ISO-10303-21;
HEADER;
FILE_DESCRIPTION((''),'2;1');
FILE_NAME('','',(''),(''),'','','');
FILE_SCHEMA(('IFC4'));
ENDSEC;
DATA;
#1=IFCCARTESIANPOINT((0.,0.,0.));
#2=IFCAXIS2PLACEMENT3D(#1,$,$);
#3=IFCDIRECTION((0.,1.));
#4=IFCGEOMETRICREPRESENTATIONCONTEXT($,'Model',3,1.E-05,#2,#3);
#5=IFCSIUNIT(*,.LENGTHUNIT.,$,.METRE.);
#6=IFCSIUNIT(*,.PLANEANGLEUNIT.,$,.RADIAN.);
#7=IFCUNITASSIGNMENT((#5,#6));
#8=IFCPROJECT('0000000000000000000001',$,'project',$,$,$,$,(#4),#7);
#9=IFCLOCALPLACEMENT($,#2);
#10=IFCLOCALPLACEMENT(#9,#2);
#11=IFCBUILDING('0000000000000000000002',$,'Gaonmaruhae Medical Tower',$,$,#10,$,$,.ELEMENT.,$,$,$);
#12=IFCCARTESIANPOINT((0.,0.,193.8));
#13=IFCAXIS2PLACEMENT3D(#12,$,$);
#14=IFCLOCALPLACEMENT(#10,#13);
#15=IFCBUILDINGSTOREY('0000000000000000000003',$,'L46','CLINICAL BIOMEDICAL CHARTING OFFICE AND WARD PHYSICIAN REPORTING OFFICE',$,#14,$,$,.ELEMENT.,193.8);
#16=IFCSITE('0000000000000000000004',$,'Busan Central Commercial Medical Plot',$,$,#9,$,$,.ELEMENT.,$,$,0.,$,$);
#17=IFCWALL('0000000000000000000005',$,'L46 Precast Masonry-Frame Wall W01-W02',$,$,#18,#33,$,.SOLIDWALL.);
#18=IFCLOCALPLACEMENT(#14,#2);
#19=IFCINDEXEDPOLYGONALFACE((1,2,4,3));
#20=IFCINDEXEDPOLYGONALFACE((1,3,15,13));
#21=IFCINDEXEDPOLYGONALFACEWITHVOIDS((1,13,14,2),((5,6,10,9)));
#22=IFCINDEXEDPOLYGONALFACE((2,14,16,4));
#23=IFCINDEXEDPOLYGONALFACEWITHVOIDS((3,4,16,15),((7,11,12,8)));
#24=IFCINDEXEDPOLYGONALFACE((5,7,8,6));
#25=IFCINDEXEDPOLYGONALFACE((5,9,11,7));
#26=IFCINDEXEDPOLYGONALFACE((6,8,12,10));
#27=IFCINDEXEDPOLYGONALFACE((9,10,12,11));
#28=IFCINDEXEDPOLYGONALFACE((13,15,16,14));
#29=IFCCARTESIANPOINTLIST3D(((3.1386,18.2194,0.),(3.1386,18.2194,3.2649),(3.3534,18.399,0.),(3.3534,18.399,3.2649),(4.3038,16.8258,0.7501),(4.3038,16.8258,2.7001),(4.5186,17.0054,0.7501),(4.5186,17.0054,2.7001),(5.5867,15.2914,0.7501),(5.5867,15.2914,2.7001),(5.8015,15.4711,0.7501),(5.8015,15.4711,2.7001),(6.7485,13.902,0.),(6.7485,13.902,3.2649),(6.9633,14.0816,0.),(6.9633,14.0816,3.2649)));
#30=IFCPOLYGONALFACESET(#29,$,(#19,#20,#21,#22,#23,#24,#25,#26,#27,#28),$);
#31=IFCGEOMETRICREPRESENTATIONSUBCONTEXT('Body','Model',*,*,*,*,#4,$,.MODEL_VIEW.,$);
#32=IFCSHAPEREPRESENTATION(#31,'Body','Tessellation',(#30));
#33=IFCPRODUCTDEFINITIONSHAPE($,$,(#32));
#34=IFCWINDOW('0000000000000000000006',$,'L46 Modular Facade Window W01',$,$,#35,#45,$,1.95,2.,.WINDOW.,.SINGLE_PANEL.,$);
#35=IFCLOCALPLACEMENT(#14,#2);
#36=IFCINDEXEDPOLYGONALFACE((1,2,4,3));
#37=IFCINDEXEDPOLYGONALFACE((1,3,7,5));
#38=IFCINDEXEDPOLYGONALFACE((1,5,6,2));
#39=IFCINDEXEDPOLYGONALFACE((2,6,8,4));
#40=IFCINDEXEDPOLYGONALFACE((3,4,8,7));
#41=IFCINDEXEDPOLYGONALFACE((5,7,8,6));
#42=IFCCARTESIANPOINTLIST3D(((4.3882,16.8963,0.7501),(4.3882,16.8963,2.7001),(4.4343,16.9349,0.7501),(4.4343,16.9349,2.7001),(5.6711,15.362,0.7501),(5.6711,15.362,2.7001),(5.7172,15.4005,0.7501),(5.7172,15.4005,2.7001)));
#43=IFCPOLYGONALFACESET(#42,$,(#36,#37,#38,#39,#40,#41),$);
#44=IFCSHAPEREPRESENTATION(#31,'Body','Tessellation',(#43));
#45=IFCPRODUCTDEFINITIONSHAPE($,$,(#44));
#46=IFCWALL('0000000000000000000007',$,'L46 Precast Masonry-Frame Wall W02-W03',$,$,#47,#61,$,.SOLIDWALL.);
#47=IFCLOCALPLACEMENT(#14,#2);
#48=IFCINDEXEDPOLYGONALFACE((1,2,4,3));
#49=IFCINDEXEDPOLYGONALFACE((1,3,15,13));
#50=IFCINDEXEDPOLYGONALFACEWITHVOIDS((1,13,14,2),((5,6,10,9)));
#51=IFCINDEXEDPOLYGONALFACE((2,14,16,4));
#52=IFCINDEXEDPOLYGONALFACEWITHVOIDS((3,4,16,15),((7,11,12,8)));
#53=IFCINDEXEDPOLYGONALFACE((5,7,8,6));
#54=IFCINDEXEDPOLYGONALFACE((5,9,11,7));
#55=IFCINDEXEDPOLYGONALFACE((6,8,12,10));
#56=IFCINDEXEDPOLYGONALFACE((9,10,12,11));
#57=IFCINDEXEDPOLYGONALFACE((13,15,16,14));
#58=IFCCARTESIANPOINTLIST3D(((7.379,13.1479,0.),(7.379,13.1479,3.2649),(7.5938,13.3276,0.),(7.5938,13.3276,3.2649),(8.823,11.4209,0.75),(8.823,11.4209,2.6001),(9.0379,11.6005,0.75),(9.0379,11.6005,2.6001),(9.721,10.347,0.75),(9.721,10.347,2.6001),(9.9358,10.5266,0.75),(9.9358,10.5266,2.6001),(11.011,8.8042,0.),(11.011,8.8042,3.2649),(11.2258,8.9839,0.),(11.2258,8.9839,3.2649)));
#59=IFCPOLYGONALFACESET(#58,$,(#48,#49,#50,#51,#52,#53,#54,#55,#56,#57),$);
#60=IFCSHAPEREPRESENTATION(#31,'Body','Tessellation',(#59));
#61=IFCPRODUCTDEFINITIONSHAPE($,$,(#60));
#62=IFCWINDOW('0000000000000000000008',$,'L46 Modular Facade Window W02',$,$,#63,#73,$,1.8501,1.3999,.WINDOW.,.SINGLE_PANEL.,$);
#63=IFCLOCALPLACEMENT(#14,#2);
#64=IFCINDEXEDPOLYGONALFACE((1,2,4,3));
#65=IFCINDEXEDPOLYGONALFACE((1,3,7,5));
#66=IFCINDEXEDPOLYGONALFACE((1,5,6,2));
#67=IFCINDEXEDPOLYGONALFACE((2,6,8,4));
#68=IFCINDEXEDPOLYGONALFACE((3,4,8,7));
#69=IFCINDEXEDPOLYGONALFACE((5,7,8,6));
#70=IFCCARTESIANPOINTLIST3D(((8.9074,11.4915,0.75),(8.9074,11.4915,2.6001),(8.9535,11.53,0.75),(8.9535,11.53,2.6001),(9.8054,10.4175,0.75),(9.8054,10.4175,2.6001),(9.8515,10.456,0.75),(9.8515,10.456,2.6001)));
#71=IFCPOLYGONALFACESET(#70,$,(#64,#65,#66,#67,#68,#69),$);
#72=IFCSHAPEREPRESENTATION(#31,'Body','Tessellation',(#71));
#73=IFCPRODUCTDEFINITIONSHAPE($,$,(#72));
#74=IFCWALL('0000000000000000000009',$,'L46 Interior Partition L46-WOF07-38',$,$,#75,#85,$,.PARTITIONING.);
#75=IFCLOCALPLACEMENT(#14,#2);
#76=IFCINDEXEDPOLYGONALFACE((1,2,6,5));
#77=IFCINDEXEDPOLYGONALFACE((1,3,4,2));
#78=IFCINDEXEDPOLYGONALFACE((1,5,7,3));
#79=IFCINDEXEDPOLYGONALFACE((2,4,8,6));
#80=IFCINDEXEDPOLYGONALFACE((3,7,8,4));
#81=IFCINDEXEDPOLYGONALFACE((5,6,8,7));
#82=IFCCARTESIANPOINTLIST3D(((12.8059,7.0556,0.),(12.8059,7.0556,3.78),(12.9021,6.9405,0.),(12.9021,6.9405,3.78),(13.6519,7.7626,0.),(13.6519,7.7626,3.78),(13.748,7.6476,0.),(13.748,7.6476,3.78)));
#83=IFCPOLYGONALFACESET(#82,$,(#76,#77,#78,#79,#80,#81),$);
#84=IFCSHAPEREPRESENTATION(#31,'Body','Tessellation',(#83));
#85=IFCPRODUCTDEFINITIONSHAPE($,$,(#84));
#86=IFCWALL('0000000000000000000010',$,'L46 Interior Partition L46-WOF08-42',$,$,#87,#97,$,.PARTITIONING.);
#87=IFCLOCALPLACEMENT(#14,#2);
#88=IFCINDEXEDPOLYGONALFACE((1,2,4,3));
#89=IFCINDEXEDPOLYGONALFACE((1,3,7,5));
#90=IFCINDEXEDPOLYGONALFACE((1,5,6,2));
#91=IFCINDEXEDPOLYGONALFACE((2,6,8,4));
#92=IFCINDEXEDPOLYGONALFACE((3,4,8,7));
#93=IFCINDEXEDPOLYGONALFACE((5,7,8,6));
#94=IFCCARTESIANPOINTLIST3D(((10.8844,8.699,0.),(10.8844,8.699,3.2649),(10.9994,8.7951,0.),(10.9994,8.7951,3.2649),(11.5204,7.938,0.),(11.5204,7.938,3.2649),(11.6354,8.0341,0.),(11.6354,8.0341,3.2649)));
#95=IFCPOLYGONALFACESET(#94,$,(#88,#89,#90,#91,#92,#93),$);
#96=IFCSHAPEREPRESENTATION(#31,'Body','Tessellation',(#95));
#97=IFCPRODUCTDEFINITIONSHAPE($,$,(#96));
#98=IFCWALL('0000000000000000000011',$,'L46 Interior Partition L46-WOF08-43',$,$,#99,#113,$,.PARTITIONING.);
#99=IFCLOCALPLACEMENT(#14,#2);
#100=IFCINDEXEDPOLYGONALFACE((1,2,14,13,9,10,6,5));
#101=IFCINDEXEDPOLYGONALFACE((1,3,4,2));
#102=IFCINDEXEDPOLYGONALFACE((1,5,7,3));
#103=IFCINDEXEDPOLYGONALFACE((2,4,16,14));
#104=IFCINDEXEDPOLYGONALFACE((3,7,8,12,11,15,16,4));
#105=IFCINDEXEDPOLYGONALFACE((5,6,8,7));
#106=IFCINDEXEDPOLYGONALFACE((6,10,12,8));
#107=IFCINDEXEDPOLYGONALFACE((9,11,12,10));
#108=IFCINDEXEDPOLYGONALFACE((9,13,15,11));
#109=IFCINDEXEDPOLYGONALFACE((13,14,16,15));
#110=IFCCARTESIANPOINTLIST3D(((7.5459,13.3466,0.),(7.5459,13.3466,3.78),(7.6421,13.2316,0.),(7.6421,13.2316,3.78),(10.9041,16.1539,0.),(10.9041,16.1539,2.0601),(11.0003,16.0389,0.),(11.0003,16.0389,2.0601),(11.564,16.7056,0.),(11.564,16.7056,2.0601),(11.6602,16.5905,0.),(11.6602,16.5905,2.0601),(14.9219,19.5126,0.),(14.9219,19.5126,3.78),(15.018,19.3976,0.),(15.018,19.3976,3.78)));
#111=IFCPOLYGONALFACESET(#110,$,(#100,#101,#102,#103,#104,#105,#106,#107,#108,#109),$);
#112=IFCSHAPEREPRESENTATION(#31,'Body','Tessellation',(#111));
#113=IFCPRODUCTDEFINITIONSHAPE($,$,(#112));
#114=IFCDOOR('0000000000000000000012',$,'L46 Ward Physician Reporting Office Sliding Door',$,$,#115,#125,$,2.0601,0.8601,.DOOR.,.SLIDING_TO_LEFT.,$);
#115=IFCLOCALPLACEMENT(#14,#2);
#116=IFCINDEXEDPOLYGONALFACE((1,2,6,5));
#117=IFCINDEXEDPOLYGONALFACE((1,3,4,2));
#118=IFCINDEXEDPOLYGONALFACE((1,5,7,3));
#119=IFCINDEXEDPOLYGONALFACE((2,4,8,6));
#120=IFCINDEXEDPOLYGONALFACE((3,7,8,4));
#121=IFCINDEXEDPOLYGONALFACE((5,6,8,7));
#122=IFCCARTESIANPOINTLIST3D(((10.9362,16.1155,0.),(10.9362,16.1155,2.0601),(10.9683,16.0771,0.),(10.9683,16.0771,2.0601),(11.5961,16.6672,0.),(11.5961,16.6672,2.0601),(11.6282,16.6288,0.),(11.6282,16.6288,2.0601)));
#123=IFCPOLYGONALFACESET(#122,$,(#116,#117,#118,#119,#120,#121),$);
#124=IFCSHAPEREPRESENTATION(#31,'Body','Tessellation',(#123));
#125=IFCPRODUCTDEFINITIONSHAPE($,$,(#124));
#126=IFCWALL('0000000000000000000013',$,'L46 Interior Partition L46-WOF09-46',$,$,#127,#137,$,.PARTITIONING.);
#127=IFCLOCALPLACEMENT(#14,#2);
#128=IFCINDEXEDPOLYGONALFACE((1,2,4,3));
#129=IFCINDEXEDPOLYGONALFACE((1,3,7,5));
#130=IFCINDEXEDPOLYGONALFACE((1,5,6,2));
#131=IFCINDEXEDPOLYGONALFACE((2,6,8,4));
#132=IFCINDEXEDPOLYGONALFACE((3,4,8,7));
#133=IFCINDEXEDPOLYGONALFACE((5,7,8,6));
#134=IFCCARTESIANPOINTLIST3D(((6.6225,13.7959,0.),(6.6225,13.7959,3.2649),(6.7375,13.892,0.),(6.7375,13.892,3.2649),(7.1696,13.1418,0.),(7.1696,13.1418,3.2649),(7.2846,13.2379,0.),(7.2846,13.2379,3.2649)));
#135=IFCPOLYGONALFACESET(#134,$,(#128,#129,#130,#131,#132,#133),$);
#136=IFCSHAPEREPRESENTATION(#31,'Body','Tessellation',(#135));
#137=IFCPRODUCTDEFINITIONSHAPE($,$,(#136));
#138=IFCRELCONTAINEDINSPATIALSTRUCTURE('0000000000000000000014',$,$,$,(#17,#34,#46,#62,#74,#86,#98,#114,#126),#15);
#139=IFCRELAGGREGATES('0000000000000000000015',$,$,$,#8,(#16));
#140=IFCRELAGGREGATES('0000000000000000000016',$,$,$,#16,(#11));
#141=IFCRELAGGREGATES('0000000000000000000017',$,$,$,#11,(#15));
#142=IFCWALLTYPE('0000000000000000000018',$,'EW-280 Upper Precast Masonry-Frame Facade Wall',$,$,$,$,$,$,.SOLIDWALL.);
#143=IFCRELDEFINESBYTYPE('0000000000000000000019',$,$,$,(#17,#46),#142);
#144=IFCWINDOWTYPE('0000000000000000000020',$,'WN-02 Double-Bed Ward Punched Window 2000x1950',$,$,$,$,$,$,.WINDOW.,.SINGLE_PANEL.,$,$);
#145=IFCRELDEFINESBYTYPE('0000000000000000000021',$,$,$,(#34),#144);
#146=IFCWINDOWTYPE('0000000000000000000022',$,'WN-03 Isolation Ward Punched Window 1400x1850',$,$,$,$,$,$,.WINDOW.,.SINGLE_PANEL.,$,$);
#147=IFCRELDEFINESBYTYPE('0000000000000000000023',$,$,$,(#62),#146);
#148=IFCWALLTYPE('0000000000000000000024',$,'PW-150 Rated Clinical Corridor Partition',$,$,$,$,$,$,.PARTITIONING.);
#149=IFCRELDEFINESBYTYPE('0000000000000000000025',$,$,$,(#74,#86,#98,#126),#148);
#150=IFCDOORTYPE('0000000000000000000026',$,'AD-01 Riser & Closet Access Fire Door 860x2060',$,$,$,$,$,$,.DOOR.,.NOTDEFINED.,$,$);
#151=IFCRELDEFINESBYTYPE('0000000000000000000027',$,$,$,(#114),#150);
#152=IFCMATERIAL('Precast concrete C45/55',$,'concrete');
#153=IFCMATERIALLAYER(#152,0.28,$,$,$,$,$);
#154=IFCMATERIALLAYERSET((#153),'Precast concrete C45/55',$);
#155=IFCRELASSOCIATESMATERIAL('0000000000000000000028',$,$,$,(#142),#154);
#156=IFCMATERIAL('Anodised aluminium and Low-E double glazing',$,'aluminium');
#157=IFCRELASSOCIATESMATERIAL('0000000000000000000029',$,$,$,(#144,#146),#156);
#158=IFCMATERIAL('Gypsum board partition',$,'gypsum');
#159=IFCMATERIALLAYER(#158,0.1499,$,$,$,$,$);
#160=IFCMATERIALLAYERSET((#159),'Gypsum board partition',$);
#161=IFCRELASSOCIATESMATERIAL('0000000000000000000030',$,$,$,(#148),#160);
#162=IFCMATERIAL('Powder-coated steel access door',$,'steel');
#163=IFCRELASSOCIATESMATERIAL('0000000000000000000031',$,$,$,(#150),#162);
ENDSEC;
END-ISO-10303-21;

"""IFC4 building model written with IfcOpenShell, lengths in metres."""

from ifc_helpers import new_model, si_unit, direction, frame, frame_2d, origin, place, context, subcontext, project, spatial, rectangle, extrude, material, layer, layer_set, type_object, element, fill, save


model = new_model("IFC4")

# Units and contexts
model_context = context("Model", 3, precision=1e-05, world=origin(), true_north=direction((0.0, 1.0)))
body_context = subcontext(model_context, "Body", "Model", "MODEL_VIEW")
ifc_project = project(units=[si_unit("LENGTHUNIT", "METRE"), si_unit("PLANEANGLEUNIT", "RADIAN")], contexts=[model_context])

# Site, building, storey
site_placement = place(None, origin())
site = spatial("IfcSite", under=ifc_project, at=site_placement, Name="Busan Central Commercial Medical Plot", CompositionType="ELEMENT", RefElevation=0.0)
building_placement = place(site_placement, origin())
building = spatial("IfcBuilding", under=site, at=building_placement, Name="Gaonmaruhae Medical Tower", CompositionType="ELEMENT")
storey_placement = place(building_placement, frame((0.0, 0.0, 193.8)))
storey = spatial("IfcBuildingStorey", under=building, at=storey_placement, Name="L46", Description="CLINICAL BIOMEDICAL CHARTING OFFICE AND WARD PHYSICIAN REPORTING OFFICE", CompositionType="ELEMENT", Elevation=193.8)

# Walls, openings, windows
ifc_material_1 = material(Name="Precast concrete C45/55", Category="concrete")
ifc_layer_1 = layer(ifc_material_1, 0.28)
ifc_layer_set_1 = layer_set([ifc_layer_1], Name="Precast concrete C45/55")
wall_type_1 = type_object("IfcWallType", Name="EW-280 Upper Precast Masonry-Frame Facade Wall", PredefinedType="SOLIDWALL", material=ifc_layer_set_1)
wall_1_placement = place(storey_placement, frame((6.856, 13.9917, 0.0), z_axis=(0.0, 0.0, 1.0), x_axis=(-0.641447, 0.767168, 0.0)))
wall_1 = element("IfcWall", 1, at=wall_1_placement, inside=storey, type_object=wall_type_1, Name="L46 Precast Masonry-Frame Wall W01-W02", PredefinedType="SOLIDWALL", context=body_context, shape_type="SweptSolid", body=[
    extrude(rectangle(XDim=5.6277, YDim=0.28, at=frame_2d((2.814, 0.0))), origin(), (0.0, 0.0, 1.0), 3.2649),
])
opening_1_placement = place(wall_1_placement, frame((1.8113, 0.0, 0.75)))
opening_1 = element("IfcOpeningElement", 2, at=opening_1_placement, cuts=wall_1, PredefinedType="OPENING", context=body_context, shape_type="SweptSolid", body=[
    extrude(rectangle(XDim=2.0, YDim=1.95, at=frame_2d((1.0, 0.9751))), frame((0.0, 0.1499, 0.0), z_axis=(0.0, -1.0, 0.0), x_axis=(1.0, 0.0, 0.0)), (0.0, 0.0, 1.0), 0.3),
])
ifc_material_2 = material(Name="Anodised aluminium and Low-E double glazing", Category="aluminium")
window_type_1 = type_object("IfcWindowType", Name="WN-02 Double-Bed Ward Punched Window 2000x1950", PartitioningType="SINGLE_PANEL", PredefinedType="WINDOW", material=ifc_material_2)
window_1_placement = place(opening_1_placement, origin())
window_1 = element("IfcWindow", 3, at=window_1_placement, inside=storey, type_object=window_type_1, Name="L46 Modular Facade Window W01", OverallHeight=1.95, OverallWidth=2.0, PartitioningType="SINGLE_PANEL", PredefinedType="WINDOW", context=body_context, shape_type="SweptSolid", body=[
    extrude(rectangle(XDim=2.0, YDim=1.95, at=frame_2d((1.0, 0.9751))), frame((0.0, 0.03, 0.0), z_axis=(0.0, -1.0, 0.0), x_axis=(1.0, 0.0, 0.0)), (0.0, 0.0, 1.0), 0.0601),
])
fill(opening_1, window_1)
wall_2_placement = place(storey_placement, frame((11.1184, 8.894, 0.0), z_axis=(0.0, 0.0, 1.0), x_axis=(-0.641464, 0.767153, 0.0)))
wall_2 = element("IfcWall", 4, at=wall_2_placement, inside=storey, type_object=wall_type_1, Name="L46 Precast Masonry-Frame Wall W02-W03", PredefinedType="SOLIDWALL", context=body_context, shape_type="SweptSolid", body=[
    extrude(rectangle(XDim=5.6621, YDim=0.28, at=frame_2d((2.8311, 0.0))), origin(), (0.0, 0.0, 1.0), 3.2649),
])
opening_2_placement = place(wall_2_placement, frame((2.011, 0.0, 0.75)))
opening_2 = element("IfcOpeningElement", 5, at=opening_2_placement, cuts=wall_2, PredefinedType="OPENING", context=body_context, shape_type="SweptSolid", body=[
    extrude(rectangle(XDim=1.3999, YDim=1.8501, at=frame_2d((0.7, 0.925))), frame((0.0, 0.1499, 0.0), z_axis=(0.0, -1.0, 0.0), x_axis=(1.0, 0.0, 0.0)), (0.0, 0.0, 1.0), 0.3),
])
window_type_2 = type_object("IfcWindowType", Name="WN-03 Isolation Ward Punched Window 1400x1850", PartitioningType="SINGLE_PANEL", PredefinedType="WINDOW", material=ifc_material_2)
window_2_placement = place(opening_2_placement, origin())
window_2 = element("IfcWindow", 6, at=window_2_placement, inside=storey, type_object=window_type_2, Name="L46 Modular Facade Window W02", OverallHeight=1.8501, OverallWidth=1.3999, PartitioningType="SINGLE_PANEL", PredefinedType="WINDOW", context=body_context, shape_type="SweptSolid", body=[
    extrude(rectangle(XDim=1.3999, YDim=1.8501, at=frame_2d((0.7, 0.925))), frame((0.0, 0.03, 0.0), z_axis=(0.0, -1.0, 0.0), x_axis=(1.0, 0.0, 0.0)), (0.0, 0.0, 1.0), 0.0601),
])
fill(opening_2, window_2)

# Walls
ifc_material_3 = material(Name="Gypsum board partition", Category="gypsum")
ifc_layer_2 = layer(ifc_material_3, 0.1499)
ifc_layer_set_2 = layer_set([ifc_layer_2], Name="Gypsum board partition")
wall_type_2 = type_object("IfcWallType", Name="PW-150 Rated Clinical Corridor Partition", PredefinedType="PARTITIONING", material=ifc_layer_set_2)
wall_3_placement = place(storey_placement, frame((12.854, 6.998, 0.0), z_axis=(0.0, 0.0, 1.0), x_axis=(0.767295, 0.641295, 0.0)))
element("IfcWall", 7, at=wall_3_placement, inside=storey, type_object=wall_type_2, Name="L46 Interior Partition L46-WOF07-38", PredefinedType="PARTITIONING", context=body_context, shape_type="SweptSolid", body=[
    extrude(rectangle(XDim=1.1025, YDim=0.1499, at=frame_2d((0.5513, 0.0))), origin(), (0.0, 0.0, 1.0), 3.78),
])
wall_4_placement = place(storey_placement, frame((11.5779, 7.9861, 0.0), z_axis=(0.0, 0.0, 1.0), x_axis=(-0.641273, 0.767313, 0.0)))
element("IfcWall", 8, at=wall_4_placement, inside=storey, type_object=wall_type_2, Name="L46 Interior Partition L46-WOF08-42", PredefinedType="PARTITIONING", context=body_context, shape_type="SweptSolid", body=[
    extrude(rectangle(XDim=0.9917, YDim=0.1499, at=frame_2d((0.4958, 0.0))), origin(), (0.0, 0.0, 1.0), 3.2649),
])

# Wall, opening, door
wall_5_placement = place(storey_placement, frame((7.594, 13.2891, 0.0), z_axis=(0.0, 0.0, 1.0), x_axis=(0.76723, 0.641373, 0.0)))
wall_5 = element("IfcWall", 9, at=wall_5_placement, inside=storey, type_object=wall_type_2, Name="L46 Interior Partition L46-WOF08-43", PredefinedType="PARTITIONING", context=body_context, shape_type="SweptSolid", body=[
    extrude(rectangle(XDim=9.6138, YDim=0.1499, at=frame_2d((4.8069, 0.0))), origin(), (0.0, 0.0, 1.0), 3.78),
])
opening_3_placement = place(wall_5_placement, frame((4.377, 0.0, 0.0)))
opening_3 = element("IfcOpeningElement", 10, at=opening_3_placement, cuts=wall_5, PredefinedType="OPENING", context=body_context, shape_type="SweptSolid", body=[
    extrude(rectangle(XDim=0.8601, YDim=2.0601, at=frame_2d((0.4302, 1.03))), frame((0.0, 0.085, 0.0), z_axis=(0.0, -1.0, 0.0), x_axis=(1.0, 0.0, 0.0)), (0.0, 0.0, 1.0), 0.1699),
])
ifc_material_4 = material(Name="Powder-coated steel access door", Category="steel")
door_type = type_object("IfcDoorType", Name="AD-01 Riser & Closet Access Fire Door 860x2060", OperationType="NOTDEFINED", PredefinedType="DOOR", material=ifc_material_4)
door_placement = place(opening_3_placement, origin())
door = element("IfcDoor", 11, at=door_placement, inside=storey, type_object=door_type, Name="L46 Ward Physician Reporting Office Sliding Door", OperationType="SLIDING_TO_LEFT", OverallHeight=2.0601, OverallWidth=0.8601, PredefinedType="DOOR", context=body_context, shape_type="SweptSolid", body=[
    extrude(rectangle(XDim=0.8601, YDim=2.0601, at=frame_2d((0.4302, 1.03))), frame((0.0, 0.0249, 0.0), z_axis=(0.0, -1.0, 0.0), x_axis=(1.0, 0.0, 0.0)), (0.0, 0.0, 1.0), 0.05),
])
fill(opening_3, door)

# Wall
wall_6_placement = place(storey_placement, frame((7.2271, 13.1899, 0.0), z_axis=(0.0, 0.0, 1.0), x_axis=(-0.64162, 0.767023, 0.0)))
element("IfcWall", 12, at=wall_6_placement, inside=storey, type_object=wall_type_2, Name="L46 Interior Partition L46-WOF09-46", PredefinedType="PARTITIONING", context=body_context, shape_type="SweptSolid", body=[
    extrude(rectangle(XDim=0.8528, YDim=0.1499, at=frame_2d((0.4263, 0.0))), origin(), (0.0, 0.0, 1.0), 3.2649),
])

save(model, "model.ifc")
